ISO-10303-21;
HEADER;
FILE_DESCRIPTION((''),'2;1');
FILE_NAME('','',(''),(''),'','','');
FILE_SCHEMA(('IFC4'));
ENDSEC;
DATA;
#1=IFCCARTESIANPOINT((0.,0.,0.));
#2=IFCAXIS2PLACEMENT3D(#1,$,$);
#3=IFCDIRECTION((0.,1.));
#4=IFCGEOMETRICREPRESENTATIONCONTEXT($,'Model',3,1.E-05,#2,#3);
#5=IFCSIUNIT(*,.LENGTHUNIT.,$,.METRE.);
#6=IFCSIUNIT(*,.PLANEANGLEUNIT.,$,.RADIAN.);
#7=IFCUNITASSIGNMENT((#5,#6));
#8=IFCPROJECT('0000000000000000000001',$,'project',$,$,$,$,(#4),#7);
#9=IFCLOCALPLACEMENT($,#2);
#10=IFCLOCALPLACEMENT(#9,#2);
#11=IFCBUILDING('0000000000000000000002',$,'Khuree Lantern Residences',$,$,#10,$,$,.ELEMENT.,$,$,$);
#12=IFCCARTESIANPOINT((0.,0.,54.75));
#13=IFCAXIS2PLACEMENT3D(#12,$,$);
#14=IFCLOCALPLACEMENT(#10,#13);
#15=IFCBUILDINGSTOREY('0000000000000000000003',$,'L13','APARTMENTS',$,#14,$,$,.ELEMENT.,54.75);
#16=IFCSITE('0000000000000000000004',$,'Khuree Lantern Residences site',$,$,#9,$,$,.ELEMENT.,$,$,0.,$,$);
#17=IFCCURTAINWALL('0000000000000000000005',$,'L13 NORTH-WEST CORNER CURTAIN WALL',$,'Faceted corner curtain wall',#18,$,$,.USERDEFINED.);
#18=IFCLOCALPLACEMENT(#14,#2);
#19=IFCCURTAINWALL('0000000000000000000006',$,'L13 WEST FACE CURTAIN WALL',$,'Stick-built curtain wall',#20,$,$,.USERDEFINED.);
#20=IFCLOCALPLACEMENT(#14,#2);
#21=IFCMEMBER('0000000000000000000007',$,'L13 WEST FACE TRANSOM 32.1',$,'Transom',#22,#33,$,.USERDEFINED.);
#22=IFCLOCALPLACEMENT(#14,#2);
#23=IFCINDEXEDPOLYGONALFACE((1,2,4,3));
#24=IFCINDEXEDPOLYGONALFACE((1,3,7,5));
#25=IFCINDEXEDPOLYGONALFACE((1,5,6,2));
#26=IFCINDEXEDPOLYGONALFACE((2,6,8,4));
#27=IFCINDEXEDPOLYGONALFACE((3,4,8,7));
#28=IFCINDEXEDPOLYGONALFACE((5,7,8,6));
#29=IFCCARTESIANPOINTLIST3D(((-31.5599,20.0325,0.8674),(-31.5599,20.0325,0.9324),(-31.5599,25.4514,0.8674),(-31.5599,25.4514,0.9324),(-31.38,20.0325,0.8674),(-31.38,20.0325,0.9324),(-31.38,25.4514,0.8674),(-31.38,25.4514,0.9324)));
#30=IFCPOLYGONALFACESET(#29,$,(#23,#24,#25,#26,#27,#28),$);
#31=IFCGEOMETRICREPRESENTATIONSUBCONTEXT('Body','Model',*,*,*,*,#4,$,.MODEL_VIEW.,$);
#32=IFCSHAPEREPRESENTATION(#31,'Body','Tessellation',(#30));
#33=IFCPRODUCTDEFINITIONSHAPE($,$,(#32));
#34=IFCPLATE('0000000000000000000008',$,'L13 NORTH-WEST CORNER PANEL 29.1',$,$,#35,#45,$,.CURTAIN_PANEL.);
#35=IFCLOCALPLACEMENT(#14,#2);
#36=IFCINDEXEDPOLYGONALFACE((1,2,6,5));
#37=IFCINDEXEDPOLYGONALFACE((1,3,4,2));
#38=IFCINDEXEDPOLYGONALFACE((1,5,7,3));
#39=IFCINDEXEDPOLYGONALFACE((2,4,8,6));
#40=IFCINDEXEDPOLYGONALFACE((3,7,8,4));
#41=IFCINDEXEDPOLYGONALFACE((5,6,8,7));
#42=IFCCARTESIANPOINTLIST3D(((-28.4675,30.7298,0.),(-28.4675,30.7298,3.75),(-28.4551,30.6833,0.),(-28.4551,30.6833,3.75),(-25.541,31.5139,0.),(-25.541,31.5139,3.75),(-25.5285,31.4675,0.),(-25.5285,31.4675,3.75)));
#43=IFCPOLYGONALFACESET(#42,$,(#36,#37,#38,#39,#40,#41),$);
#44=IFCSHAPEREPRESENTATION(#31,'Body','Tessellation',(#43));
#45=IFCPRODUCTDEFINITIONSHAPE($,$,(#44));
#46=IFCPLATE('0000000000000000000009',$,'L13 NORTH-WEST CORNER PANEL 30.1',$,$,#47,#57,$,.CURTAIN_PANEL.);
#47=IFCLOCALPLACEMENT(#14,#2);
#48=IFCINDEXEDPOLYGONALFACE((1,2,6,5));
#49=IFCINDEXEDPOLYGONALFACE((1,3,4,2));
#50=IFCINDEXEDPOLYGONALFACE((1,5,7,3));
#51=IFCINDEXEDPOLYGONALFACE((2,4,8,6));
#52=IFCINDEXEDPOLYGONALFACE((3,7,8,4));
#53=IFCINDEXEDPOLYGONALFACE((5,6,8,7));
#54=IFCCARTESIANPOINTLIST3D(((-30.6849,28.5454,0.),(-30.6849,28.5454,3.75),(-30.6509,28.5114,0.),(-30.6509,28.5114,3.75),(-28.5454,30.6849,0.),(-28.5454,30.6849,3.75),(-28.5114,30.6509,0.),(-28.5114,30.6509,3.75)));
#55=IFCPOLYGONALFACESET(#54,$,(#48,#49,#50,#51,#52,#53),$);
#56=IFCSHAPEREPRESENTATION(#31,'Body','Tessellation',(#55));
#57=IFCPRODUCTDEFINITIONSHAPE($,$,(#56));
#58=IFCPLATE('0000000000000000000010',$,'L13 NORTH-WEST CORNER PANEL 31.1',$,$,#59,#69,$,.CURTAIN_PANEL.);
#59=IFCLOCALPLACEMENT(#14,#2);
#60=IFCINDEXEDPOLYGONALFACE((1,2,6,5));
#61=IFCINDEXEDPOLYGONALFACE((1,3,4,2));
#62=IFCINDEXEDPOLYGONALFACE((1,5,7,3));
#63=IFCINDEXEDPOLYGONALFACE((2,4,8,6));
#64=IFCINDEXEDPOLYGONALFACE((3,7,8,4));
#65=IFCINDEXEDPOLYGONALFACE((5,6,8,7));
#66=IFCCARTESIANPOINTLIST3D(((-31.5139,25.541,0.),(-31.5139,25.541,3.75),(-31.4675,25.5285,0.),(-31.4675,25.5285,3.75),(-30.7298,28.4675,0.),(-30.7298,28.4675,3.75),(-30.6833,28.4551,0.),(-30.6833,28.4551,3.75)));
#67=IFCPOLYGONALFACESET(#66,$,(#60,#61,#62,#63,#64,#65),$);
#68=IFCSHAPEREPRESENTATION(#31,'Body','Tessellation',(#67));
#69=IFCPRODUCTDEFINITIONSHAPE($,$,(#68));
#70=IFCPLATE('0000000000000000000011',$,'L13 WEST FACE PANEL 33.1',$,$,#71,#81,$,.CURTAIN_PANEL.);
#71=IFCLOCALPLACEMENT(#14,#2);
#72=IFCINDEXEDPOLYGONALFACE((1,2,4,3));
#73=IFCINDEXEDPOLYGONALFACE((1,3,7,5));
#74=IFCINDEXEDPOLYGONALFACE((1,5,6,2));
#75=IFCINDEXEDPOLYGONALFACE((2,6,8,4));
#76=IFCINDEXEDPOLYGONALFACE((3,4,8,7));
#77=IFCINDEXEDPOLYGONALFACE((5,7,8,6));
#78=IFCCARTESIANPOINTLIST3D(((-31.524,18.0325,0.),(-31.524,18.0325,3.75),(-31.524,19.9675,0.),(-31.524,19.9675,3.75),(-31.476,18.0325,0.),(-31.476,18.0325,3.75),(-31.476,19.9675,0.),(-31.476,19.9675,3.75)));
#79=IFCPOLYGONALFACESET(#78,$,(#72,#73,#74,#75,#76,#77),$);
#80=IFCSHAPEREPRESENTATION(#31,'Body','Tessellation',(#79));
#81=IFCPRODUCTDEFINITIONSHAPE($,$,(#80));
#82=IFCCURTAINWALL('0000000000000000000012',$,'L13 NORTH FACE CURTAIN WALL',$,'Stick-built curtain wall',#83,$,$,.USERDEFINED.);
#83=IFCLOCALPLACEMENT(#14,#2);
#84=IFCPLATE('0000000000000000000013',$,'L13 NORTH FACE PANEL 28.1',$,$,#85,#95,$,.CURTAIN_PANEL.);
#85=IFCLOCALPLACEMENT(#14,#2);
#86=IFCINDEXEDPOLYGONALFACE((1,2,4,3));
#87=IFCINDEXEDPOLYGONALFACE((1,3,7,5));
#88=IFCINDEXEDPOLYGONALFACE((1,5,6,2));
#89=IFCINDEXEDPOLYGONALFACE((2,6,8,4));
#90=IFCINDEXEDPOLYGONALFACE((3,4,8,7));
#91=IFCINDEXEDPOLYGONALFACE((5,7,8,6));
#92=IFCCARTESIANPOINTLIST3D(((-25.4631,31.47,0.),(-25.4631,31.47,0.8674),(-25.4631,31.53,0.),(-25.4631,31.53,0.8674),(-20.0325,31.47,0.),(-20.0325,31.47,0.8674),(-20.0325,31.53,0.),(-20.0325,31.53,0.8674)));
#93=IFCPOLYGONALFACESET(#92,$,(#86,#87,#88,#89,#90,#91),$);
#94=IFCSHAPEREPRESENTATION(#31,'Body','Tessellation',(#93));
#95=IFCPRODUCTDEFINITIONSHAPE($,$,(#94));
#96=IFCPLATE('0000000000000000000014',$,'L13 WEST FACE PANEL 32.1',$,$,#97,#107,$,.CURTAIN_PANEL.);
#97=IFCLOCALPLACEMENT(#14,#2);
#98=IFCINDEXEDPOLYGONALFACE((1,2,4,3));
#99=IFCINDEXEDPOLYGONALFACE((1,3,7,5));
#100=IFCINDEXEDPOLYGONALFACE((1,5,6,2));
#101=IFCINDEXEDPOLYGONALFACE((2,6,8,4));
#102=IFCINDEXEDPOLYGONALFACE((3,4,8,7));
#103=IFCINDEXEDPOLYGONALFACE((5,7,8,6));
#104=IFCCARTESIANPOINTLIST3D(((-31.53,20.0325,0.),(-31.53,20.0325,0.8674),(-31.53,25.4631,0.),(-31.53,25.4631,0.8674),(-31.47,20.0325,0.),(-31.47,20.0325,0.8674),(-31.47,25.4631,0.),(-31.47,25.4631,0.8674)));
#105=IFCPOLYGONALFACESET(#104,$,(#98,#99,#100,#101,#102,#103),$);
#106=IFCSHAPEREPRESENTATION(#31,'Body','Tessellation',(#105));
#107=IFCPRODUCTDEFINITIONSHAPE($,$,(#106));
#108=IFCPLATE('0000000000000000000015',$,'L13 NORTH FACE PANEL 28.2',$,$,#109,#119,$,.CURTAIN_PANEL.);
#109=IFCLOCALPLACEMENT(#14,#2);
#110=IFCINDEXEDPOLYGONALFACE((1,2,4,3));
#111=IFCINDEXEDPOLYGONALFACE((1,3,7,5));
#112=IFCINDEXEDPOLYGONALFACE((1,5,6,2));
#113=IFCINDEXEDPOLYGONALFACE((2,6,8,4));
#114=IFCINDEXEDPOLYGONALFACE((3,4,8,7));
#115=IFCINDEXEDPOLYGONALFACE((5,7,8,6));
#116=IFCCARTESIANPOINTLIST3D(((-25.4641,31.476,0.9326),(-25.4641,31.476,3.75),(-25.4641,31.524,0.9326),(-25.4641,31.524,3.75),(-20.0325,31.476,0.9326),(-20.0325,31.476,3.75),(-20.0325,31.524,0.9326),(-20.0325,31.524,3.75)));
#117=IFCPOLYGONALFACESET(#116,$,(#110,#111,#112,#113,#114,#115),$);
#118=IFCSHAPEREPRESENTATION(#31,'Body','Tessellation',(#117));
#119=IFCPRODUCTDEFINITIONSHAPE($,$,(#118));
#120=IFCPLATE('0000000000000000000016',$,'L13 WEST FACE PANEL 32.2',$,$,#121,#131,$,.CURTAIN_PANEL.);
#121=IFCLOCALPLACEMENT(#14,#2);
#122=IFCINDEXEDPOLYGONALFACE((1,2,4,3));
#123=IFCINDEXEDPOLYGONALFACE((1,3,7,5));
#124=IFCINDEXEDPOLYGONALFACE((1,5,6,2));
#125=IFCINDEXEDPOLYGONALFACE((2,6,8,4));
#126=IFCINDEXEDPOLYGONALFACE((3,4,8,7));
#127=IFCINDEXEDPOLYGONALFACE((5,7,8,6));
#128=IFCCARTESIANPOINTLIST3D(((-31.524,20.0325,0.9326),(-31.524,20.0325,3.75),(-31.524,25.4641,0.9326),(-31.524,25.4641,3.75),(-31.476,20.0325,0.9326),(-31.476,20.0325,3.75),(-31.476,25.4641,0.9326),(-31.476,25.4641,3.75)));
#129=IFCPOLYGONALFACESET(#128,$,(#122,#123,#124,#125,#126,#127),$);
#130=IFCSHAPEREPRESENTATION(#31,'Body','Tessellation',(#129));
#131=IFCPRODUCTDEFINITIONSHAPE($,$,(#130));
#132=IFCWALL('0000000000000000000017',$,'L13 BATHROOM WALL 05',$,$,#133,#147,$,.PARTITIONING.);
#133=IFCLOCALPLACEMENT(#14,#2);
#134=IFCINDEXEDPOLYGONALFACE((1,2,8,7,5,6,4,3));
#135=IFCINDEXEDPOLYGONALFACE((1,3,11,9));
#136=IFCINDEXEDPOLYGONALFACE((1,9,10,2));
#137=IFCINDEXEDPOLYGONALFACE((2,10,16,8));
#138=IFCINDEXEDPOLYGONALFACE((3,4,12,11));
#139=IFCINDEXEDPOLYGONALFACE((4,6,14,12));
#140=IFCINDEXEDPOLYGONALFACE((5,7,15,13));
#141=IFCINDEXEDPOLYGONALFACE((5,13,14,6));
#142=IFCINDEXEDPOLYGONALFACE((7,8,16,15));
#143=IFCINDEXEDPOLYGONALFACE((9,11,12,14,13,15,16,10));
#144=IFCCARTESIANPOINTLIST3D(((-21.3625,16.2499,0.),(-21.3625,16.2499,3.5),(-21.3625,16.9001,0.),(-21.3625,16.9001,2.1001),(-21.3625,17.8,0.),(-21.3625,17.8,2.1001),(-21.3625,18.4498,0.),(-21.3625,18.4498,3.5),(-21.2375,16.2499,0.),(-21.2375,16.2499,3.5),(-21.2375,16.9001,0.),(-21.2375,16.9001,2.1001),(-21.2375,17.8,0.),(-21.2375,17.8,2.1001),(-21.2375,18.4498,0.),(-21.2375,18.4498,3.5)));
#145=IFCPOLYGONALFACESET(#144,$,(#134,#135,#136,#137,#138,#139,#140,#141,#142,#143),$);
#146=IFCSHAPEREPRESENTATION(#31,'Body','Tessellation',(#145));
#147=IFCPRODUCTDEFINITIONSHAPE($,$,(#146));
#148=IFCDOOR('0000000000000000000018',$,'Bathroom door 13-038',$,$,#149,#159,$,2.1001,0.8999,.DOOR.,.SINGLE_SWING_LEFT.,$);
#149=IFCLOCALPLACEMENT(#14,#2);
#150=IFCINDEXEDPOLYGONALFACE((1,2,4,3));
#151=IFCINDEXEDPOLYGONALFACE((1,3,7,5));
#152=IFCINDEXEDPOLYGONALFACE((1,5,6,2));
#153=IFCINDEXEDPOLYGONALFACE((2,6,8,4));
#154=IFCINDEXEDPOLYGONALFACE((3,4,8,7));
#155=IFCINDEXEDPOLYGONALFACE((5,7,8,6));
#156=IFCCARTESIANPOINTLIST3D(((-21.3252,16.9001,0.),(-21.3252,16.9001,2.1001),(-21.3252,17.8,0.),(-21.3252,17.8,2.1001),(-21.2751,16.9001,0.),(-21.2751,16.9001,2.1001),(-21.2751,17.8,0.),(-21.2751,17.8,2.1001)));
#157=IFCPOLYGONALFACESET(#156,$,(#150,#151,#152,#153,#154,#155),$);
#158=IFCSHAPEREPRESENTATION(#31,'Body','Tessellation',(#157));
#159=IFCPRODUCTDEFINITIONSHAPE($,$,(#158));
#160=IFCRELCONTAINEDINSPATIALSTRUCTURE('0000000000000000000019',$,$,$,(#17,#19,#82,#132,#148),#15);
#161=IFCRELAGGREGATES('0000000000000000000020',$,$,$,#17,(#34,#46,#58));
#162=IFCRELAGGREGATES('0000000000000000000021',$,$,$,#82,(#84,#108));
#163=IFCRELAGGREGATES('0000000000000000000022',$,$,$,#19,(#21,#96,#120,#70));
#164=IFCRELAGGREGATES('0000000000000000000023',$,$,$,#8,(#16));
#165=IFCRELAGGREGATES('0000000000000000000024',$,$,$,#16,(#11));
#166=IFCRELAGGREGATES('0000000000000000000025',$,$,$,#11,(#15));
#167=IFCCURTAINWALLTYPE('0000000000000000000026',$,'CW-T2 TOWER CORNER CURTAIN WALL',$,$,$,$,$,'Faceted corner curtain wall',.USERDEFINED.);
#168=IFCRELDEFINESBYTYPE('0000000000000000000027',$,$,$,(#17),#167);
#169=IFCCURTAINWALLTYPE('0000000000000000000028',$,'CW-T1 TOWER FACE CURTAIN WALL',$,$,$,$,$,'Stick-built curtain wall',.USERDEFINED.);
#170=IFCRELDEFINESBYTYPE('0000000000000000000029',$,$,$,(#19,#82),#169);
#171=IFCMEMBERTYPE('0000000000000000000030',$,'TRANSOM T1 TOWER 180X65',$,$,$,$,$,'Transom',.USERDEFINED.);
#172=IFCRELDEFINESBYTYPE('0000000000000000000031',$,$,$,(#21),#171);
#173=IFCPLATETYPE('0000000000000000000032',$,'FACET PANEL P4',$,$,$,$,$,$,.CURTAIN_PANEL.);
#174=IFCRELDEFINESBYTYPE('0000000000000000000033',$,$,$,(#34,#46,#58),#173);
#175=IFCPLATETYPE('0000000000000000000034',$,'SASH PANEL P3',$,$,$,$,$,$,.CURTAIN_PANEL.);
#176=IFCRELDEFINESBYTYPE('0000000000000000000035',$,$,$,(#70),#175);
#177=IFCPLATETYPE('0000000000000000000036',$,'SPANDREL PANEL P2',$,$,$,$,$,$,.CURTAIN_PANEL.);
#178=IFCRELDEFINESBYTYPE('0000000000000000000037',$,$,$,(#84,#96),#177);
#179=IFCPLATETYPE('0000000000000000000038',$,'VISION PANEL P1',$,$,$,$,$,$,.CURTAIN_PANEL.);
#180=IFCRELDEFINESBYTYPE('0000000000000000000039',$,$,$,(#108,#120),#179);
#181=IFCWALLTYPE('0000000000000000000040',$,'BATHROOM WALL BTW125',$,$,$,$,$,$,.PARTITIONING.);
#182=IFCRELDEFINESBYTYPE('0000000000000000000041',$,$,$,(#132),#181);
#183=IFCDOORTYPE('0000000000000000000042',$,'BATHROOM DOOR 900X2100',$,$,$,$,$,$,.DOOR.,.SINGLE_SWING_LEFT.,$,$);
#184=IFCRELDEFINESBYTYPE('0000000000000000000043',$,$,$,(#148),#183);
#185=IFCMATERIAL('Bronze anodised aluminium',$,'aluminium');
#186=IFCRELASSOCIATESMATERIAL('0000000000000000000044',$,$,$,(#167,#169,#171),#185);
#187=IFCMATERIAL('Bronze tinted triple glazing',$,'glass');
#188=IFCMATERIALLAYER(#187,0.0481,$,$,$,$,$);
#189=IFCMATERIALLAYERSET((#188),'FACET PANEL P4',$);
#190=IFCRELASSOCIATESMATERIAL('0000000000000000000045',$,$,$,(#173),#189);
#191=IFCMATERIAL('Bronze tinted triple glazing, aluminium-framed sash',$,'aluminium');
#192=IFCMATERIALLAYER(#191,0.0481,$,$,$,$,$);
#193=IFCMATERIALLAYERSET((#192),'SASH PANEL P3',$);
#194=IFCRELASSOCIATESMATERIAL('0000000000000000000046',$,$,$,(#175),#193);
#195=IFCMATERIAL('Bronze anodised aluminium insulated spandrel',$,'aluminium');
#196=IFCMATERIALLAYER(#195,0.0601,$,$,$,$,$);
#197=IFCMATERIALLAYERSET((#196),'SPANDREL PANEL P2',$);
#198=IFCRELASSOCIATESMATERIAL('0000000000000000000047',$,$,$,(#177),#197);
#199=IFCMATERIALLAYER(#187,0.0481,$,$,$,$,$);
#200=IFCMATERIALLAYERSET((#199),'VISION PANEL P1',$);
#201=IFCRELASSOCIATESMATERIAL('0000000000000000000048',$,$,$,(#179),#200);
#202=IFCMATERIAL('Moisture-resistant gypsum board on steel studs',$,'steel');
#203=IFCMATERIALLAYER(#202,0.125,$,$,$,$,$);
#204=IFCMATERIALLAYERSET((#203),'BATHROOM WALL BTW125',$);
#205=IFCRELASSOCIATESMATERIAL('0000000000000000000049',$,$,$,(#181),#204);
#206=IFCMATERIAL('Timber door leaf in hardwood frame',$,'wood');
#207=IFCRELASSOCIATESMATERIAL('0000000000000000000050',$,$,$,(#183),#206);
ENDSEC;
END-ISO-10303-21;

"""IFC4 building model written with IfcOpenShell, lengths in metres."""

from ifc_helpers import new_model, si_unit, direction, frame, frame_2d, origin, origin_2d, place, context, subcontext, project, spatial, rectangle, extrude, material, layer, layer_set, material_profile, profile_set, type_object, element, fill, aggregate, save


model = new_model("IFC4")

# Units and contexts
model_context = context("Model", 3, precision=1e-05, world=origin(), true_north=direction((0.0, 1.0)))
body_context = subcontext(model_context, "Body", "Model", "MODEL_VIEW")
ifc_project = project(units=[si_unit("LENGTHUNIT", "METRE"), si_unit("PLANEANGLEUNIT", "RADIAN")], contexts=[model_context])

# Site, building, storey
site_placement = place(None, origin())
site = spatial("IfcSite", under=ifc_project, at=site_placement, Name="Khuree Lantern Residences site", CompositionType="ELEMENT", RefElevation=0.0)
building_placement = place(site_placement, origin())
building = spatial("IfcBuilding", under=site, at=building_placement, Name="Khuree Lantern Residences", CompositionType="ELEMENT")
storey_placement = place(building_placement, frame((0.0, 0.0, 54.75)))
storey = spatial("IfcBuildingStorey", under=building, at=storey_placement, Name="L13", Description="APARTMENTS", CompositionType="ELEMENT", Elevation=54.75)

# Curtain walls
ifc_material_1 = material(Name="Bronze anodised aluminium", Category="aluminium")
curtain_wall_type_1 = type_object("IfcCurtainWallType", Name="CW-T2 TOWER CORNER CURTAIN WALL", ElementType="Faceted corner curtain wall", PredefinedType="USERDEFINED", material=ifc_material_1)
curtain_wall_1_placement = place(storey_placement, origin())
curtain_wall_1 = element("IfcCurtainWall", 1, at=curtain_wall_1_placement, inside=storey, type_object=curtain_wall_type_1, Name="L13 NORTH-WEST CORNER CURTAIN WALL", ObjectType="Faceted corner curtain wall", PredefinedType="USERDEFINED")
curtain_wall_type_2 = type_object("IfcCurtainWallType", Name="CW-T1 TOWER FACE CURTAIN WALL", ElementType="Stick-built curtain wall", PredefinedType="USERDEFINED", material=ifc_material_1)
curtain_wall_2_placement = place(storey_placement, origin())
curtain_wall_2 = element("IfcCurtainWall", 2, at=curtain_wall_2_placement, inside=storey, type_object=curtain_wall_type_2, Name="L13 WEST FACE CURTAIN WALL", ObjectType="Stick-built curtain wall", PredefinedType="USERDEFINED")

# Member
ifc_material_profile_1 = material_profile(ifc_material_1, rectangle(XDim=0.1799, YDim=0.0649, at=origin_2d()), Name="T1 180X65")
ifc_profile_set_1 = profile_set([ifc_material_profile_1], Name="Bronze anodised aluminium")
member_type_1 = type_object("IfcMemberType", Name="TRANSOM T1 TOWER 180X65", ElementType="Transom", PredefinedType="USERDEFINED", material=ifc_profile_set_1)
member_1_placement = place(storey_placement, frame((-31.47, 25.4514, 0.8999), z_axis=(0.0, -1.0, 0.0), x_axis=(1.0, 0.0, 0.0)))
member_1 = element("IfcMember", 3, at=member_1_placement, type_object=member_type_1, Name="L13 WEST FACE TRANSOM 32.1", ObjectType="Transom", PredefinedType="USERDEFINED", context=body_context, shape_type="SweptSolid", body=[
    extrude(rectangle(XDim=0.1799, YDim=0.0649, at=origin_2d()), origin(), (0.0, 0.0, 1.0), 5.4189),
])

# Plates
ifc_material_2 = material(Name="Bronze tinted triple glazing", Category="glass")
ifc_layer_1 = layer(ifc_material_2, 0.0481)
ifc_layer_set_1 = layer_set([ifc_layer_1], Name="FACET PANEL P4")
plate_type_1 = type_object("IfcPlateType", Name="FACET PANEL P4", PredefinedType="CURTAIN_PANEL", material=ifc_layer_set_1)
plate_1_placement = place(storey_placement, frame((-26.998, 31.0986, 0.0), z_axis=(0.0, 0.0, 1.0), x_axis=(-0.965926, -0.258819, 0.0)))
plate_1 = element("IfcPlate", 4, at=plate_1_placement, type_object=plate_type_1, Name="L13 NORTH-WEST CORNER PANEL 29.1", PredefinedType="CURTAIN_PANEL", context=body_context, shape_type="SweptSolid", body=[
    extrude(rectangle(XDim=3.0298, YDim=0.0481, at=origin_2d()), origin(), (0.0, 0.0, 1.0), 3.75),
])
plate_2_placement = place(storey_placement, frame((-29.5981, 29.5981, 0.0), z_axis=(0.0, 0.0, 1.0), x_axis=(-0.707107, -0.707107, 0.0)))
plate_2 = element("IfcPlate", 5, at=plate_2_placement, type_object=plate_type_1, Name="L13 NORTH-WEST CORNER PANEL 30.1", PredefinedType="CURTAIN_PANEL", context=body_context, shape_type="SweptSolid", body=[
    extrude(rectangle(XDim=3.0256, YDim=0.0481, at=origin_2d()), origin(), (0.0, 0.0, 1.0), 3.75),
])
plate_3_placement = place(storey_placement, frame((-31.0986, 26.998, 0.0), z_axis=(0.0, 0.0, 1.0), x_axis=(-0.258819, -0.965926, 0.0)))
plate_3 = element("IfcPlate", 6, at=plate_3_placement, type_object=plate_type_1, Name="L13 NORTH-WEST CORNER PANEL 31.1", PredefinedType="CURTAIN_PANEL", context=body_context, shape_type="SweptSolid", body=[
    extrude(rectangle(XDim=3.0298, YDim=0.0481, at=origin_2d()), origin(), (0.0, 0.0, 1.0), 3.75),
])
aggregate(curtain_wall_1, [plate_1, plate_2, plate_3])
ifc_material_3 = material(Name="Bronze tinted triple glazing, aluminium-framed sash", Category="aluminium")
ifc_layer_2 = layer(ifc_material_3, 0.0481)
ifc_layer_set_2 = layer_set([ifc_layer_2], Name="SASH PANEL P3")
plate_type_2 = type_object("IfcPlateType", Name="SASH PANEL P3", PredefinedType="CURTAIN_PANEL", material=ifc_layer_set_2)
plate_4_placement = place(storey_placement, frame((-31.5, 19.0, 0.0), z_axis=(0.0, 0.0, 1.0), x_axis=(0.0, -1.0, 0.0)))
plate_4 = element("IfcPlate", 7, at=plate_4_placement, type_object=plate_type_2, Name="L13 WEST FACE PANEL 33.1", PredefinedType="CURTAIN_PANEL", context=body_context, shape_type="SweptSolid", body=[
    extrude(rectangle(XDim=1.9351, YDim=0.0481, at=origin_2d()), origin(), (0.0, 0.0, 1.0), 3.75),
])

# Curtain wall, plate
curtain_wall_3_placement = place(storey_placement, origin())
curtain_wall_3 = element("IfcCurtainWall", 8, at=curtain_wall_3_placement, inside=storey, type_object=curtain_wall_type_2, Name="L13 NORTH FACE CURTAIN WALL", ObjectType="Stick-built curtain wall", PredefinedType="USERDEFINED")
ifc_material_4 = material(Name="Bronze anodised aluminium insulated spandrel", Category="aluminium")
ifc_layer_3 = layer(ifc_material_4, 0.0601)
ifc_layer_set_3 = layer_set([ifc_layer_3], Name="SPANDREL PANEL P2")
plate_type_3 = type_object("IfcPlateType", Name="SPANDREL PANEL P2", PredefinedType="CURTAIN_PANEL", material=ifc_layer_set_3)
plate_5_placement = place(storey_placement, frame((-22.7478, 31.5, 0.0), z_axis=(0.0, 0.0, 1.0), x_axis=(-1.0, 0.0, 0.0)))
plate_5 = element("IfcPlate", 9, at=plate_5_placement, type_object=plate_type_3, Name="L13 NORTH FACE PANEL 28.1", PredefinedType="CURTAIN_PANEL", context=body_context, shape_type="SweptSolid", body=[
    extrude(rectangle(XDim=5.4307, YDim=0.0601, at=origin_2d()), origin(), (0.0, 0.0, 1.0), 0.8674),
])

# Plates
plate_6_placement = place(storey_placement, frame((-31.5, 22.7478, 0.0), z_axis=(0.0, 0.0, 1.0), x_axis=(0.0, -1.0, 0.0)))
plate_6 = element("IfcPlate", 10, at=plate_6_placement, type_object=plate_type_3, Name="L13 WEST FACE PANEL 32.1", PredefinedType="CURTAIN_PANEL", context=body_context, shape_type="SweptSolid", body=[
    extrude(rectangle(XDim=5.4307, YDim=0.0601, at=origin_2d()), origin(), (0.0, 0.0, 1.0), 0.8674),
])
ifc_layer_4 = layer(ifc_material_2, 0.0481)
ifc_layer_set_4 = layer_set([ifc_layer_4], Name="VISION PANEL P1")
plate_type_4 = type_object("IfcPlateType", Name="VISION PANEL P1", PredefinedType="CURTAIN_PANEL", material=ifc_layer_set_4)
plate_7_placement = place(storey_placement, frame((-22.7483, 31.5, 0.9326), z_axis=(0.0, 0.0, 1.0), x_axis=(-1.0, 0.0, 0.0)))
plate_7 = element("IfcPlate", 11, at=plate_7_placement, type_object=plate_type_4, Name="L13 NORTH FACE PANEL 28.2", PredefinedType="CURTAIN_PANEL", context=body_context, shape_type="SweptSolid", body=[
    extrude(rectangle(XDim=5.4316, YDim=0.0481, at=origin_2d()), origin(), (0.0, 0.0, 1.0), 2.8174),
])
aggregate(curtain_wall_3, [plate_5, plate_7])
plate_8_placement = place(storey_placement, frame((-31.5, 22.7483, 0.9326), z_axis=(0.0, 0.0, 1.0), x_axis=(0.0, -1.0, 0.0)))
plate_8 = element("IfcPlate", 12, at=plate_8_placement, type_object=plate_type_4, Name="L13 WEST FACE PANEL 32.2", PredefinedType="CURTAIN_PANEL", context=body_context, shape_type="SweptSolid", body=[
    extrude(rectangle(XDim=5.4316, YDim=0.0481, at=origin_2d()), origin(), (0.0, 0.0, 1.0), 2.8174),
])
aggregate(curtain_wall_2, [member_1, plate_6, plate_8, plate_4])

# Wall, opening, door
ifc_material_5 = material(Name="Moisture-resistant gypsum board on steel studs", Category="steel")
ifc_layer_5 = layer(ifc_material_5, 0.125)
ifc_layer_set_5 = layer_set([ifc_layer_5], Name="BATHROOM WALL BTW125")
wall_type = type_object("IfcWallType", Name="BATHROOM WALL BTW125", PredefinedType="PARTITIONING", material=ifc_layer_set_5)
wall_placement = place(storey_placement, frame((-21.3, 18.45, 0.0), z_axis=(0.0, 0.0, 1.0), x_axis=(0.0, -1.0, 0.0)))
wall = element("IfcWall", 13, at=wall_placement, inside=storey, type_object=wall_type, Name="L13 BATHROOM WALL 05", PredefinedType="PARTITIONING", context=body_context, shape_type="SweptSolid", body=[
    extrude(rectangle(XDim=2.2, YDim=0.125, at=frame_2d((1.1001, 0.0))), origin(), (0.0, 0.0, 1.0), 3.5),
])
opening_placement = place(wall_placement, frame((0.6499, 0.0, 0.0)))
opening = element("IfcOpeningElement", 14, at=opening_placement, cuts=wall, PredefinedType="OPENING", context=body_context, shape_type="SweptSolid", body=[
    extrude(rectangle(XDim=0.8999, YDim=2.1001, at=frame_2d((0.45, 1.05))), frame((0.0, 0.0725, 0.0), z_axis=(0.0, -1.0, 0.0), x_axis=(1.0, 0.0, 0.0)), (0.0, 0.0, 1.0), 0.145),
])
ifc_material_6 = material(Name="Timber door leaf in hardwood frame", Category="wood")
door_type = type_object("IfcDoorType", Name="BATHROOM DOOR 900X2100", OperationType="SINGLE_SWING_LEFT", PredefinedType="DOOR", material=ifc_material_6)
door_placement = place(opening_placement, origin())
door = element("IfcDoor", 15, at=door_placement, inside=storey, type_object=door_type, Name="Bathroom door 13-038", OperationType="SINGLE_SWING_LEFT", OverallHeight=2.1001, OverallWidth=0.8999, PredefinedType="DOOR", context=body_context, shape_type="SweptSolid", body=[
    extrude(rectangle(XDim=0.8999, YDim=2.1001, at=frame_2d((0.45, 1.05))), frame((0.0, 0.0249, 0.0), z_axis=(0.0, -1.0, 0.0), x_axis=(1.0, 0.0, 0.0)), (0.0, 0.0, 1.0), 0.05),
])
fill(opening, door)

save(model, "model.ifc")
